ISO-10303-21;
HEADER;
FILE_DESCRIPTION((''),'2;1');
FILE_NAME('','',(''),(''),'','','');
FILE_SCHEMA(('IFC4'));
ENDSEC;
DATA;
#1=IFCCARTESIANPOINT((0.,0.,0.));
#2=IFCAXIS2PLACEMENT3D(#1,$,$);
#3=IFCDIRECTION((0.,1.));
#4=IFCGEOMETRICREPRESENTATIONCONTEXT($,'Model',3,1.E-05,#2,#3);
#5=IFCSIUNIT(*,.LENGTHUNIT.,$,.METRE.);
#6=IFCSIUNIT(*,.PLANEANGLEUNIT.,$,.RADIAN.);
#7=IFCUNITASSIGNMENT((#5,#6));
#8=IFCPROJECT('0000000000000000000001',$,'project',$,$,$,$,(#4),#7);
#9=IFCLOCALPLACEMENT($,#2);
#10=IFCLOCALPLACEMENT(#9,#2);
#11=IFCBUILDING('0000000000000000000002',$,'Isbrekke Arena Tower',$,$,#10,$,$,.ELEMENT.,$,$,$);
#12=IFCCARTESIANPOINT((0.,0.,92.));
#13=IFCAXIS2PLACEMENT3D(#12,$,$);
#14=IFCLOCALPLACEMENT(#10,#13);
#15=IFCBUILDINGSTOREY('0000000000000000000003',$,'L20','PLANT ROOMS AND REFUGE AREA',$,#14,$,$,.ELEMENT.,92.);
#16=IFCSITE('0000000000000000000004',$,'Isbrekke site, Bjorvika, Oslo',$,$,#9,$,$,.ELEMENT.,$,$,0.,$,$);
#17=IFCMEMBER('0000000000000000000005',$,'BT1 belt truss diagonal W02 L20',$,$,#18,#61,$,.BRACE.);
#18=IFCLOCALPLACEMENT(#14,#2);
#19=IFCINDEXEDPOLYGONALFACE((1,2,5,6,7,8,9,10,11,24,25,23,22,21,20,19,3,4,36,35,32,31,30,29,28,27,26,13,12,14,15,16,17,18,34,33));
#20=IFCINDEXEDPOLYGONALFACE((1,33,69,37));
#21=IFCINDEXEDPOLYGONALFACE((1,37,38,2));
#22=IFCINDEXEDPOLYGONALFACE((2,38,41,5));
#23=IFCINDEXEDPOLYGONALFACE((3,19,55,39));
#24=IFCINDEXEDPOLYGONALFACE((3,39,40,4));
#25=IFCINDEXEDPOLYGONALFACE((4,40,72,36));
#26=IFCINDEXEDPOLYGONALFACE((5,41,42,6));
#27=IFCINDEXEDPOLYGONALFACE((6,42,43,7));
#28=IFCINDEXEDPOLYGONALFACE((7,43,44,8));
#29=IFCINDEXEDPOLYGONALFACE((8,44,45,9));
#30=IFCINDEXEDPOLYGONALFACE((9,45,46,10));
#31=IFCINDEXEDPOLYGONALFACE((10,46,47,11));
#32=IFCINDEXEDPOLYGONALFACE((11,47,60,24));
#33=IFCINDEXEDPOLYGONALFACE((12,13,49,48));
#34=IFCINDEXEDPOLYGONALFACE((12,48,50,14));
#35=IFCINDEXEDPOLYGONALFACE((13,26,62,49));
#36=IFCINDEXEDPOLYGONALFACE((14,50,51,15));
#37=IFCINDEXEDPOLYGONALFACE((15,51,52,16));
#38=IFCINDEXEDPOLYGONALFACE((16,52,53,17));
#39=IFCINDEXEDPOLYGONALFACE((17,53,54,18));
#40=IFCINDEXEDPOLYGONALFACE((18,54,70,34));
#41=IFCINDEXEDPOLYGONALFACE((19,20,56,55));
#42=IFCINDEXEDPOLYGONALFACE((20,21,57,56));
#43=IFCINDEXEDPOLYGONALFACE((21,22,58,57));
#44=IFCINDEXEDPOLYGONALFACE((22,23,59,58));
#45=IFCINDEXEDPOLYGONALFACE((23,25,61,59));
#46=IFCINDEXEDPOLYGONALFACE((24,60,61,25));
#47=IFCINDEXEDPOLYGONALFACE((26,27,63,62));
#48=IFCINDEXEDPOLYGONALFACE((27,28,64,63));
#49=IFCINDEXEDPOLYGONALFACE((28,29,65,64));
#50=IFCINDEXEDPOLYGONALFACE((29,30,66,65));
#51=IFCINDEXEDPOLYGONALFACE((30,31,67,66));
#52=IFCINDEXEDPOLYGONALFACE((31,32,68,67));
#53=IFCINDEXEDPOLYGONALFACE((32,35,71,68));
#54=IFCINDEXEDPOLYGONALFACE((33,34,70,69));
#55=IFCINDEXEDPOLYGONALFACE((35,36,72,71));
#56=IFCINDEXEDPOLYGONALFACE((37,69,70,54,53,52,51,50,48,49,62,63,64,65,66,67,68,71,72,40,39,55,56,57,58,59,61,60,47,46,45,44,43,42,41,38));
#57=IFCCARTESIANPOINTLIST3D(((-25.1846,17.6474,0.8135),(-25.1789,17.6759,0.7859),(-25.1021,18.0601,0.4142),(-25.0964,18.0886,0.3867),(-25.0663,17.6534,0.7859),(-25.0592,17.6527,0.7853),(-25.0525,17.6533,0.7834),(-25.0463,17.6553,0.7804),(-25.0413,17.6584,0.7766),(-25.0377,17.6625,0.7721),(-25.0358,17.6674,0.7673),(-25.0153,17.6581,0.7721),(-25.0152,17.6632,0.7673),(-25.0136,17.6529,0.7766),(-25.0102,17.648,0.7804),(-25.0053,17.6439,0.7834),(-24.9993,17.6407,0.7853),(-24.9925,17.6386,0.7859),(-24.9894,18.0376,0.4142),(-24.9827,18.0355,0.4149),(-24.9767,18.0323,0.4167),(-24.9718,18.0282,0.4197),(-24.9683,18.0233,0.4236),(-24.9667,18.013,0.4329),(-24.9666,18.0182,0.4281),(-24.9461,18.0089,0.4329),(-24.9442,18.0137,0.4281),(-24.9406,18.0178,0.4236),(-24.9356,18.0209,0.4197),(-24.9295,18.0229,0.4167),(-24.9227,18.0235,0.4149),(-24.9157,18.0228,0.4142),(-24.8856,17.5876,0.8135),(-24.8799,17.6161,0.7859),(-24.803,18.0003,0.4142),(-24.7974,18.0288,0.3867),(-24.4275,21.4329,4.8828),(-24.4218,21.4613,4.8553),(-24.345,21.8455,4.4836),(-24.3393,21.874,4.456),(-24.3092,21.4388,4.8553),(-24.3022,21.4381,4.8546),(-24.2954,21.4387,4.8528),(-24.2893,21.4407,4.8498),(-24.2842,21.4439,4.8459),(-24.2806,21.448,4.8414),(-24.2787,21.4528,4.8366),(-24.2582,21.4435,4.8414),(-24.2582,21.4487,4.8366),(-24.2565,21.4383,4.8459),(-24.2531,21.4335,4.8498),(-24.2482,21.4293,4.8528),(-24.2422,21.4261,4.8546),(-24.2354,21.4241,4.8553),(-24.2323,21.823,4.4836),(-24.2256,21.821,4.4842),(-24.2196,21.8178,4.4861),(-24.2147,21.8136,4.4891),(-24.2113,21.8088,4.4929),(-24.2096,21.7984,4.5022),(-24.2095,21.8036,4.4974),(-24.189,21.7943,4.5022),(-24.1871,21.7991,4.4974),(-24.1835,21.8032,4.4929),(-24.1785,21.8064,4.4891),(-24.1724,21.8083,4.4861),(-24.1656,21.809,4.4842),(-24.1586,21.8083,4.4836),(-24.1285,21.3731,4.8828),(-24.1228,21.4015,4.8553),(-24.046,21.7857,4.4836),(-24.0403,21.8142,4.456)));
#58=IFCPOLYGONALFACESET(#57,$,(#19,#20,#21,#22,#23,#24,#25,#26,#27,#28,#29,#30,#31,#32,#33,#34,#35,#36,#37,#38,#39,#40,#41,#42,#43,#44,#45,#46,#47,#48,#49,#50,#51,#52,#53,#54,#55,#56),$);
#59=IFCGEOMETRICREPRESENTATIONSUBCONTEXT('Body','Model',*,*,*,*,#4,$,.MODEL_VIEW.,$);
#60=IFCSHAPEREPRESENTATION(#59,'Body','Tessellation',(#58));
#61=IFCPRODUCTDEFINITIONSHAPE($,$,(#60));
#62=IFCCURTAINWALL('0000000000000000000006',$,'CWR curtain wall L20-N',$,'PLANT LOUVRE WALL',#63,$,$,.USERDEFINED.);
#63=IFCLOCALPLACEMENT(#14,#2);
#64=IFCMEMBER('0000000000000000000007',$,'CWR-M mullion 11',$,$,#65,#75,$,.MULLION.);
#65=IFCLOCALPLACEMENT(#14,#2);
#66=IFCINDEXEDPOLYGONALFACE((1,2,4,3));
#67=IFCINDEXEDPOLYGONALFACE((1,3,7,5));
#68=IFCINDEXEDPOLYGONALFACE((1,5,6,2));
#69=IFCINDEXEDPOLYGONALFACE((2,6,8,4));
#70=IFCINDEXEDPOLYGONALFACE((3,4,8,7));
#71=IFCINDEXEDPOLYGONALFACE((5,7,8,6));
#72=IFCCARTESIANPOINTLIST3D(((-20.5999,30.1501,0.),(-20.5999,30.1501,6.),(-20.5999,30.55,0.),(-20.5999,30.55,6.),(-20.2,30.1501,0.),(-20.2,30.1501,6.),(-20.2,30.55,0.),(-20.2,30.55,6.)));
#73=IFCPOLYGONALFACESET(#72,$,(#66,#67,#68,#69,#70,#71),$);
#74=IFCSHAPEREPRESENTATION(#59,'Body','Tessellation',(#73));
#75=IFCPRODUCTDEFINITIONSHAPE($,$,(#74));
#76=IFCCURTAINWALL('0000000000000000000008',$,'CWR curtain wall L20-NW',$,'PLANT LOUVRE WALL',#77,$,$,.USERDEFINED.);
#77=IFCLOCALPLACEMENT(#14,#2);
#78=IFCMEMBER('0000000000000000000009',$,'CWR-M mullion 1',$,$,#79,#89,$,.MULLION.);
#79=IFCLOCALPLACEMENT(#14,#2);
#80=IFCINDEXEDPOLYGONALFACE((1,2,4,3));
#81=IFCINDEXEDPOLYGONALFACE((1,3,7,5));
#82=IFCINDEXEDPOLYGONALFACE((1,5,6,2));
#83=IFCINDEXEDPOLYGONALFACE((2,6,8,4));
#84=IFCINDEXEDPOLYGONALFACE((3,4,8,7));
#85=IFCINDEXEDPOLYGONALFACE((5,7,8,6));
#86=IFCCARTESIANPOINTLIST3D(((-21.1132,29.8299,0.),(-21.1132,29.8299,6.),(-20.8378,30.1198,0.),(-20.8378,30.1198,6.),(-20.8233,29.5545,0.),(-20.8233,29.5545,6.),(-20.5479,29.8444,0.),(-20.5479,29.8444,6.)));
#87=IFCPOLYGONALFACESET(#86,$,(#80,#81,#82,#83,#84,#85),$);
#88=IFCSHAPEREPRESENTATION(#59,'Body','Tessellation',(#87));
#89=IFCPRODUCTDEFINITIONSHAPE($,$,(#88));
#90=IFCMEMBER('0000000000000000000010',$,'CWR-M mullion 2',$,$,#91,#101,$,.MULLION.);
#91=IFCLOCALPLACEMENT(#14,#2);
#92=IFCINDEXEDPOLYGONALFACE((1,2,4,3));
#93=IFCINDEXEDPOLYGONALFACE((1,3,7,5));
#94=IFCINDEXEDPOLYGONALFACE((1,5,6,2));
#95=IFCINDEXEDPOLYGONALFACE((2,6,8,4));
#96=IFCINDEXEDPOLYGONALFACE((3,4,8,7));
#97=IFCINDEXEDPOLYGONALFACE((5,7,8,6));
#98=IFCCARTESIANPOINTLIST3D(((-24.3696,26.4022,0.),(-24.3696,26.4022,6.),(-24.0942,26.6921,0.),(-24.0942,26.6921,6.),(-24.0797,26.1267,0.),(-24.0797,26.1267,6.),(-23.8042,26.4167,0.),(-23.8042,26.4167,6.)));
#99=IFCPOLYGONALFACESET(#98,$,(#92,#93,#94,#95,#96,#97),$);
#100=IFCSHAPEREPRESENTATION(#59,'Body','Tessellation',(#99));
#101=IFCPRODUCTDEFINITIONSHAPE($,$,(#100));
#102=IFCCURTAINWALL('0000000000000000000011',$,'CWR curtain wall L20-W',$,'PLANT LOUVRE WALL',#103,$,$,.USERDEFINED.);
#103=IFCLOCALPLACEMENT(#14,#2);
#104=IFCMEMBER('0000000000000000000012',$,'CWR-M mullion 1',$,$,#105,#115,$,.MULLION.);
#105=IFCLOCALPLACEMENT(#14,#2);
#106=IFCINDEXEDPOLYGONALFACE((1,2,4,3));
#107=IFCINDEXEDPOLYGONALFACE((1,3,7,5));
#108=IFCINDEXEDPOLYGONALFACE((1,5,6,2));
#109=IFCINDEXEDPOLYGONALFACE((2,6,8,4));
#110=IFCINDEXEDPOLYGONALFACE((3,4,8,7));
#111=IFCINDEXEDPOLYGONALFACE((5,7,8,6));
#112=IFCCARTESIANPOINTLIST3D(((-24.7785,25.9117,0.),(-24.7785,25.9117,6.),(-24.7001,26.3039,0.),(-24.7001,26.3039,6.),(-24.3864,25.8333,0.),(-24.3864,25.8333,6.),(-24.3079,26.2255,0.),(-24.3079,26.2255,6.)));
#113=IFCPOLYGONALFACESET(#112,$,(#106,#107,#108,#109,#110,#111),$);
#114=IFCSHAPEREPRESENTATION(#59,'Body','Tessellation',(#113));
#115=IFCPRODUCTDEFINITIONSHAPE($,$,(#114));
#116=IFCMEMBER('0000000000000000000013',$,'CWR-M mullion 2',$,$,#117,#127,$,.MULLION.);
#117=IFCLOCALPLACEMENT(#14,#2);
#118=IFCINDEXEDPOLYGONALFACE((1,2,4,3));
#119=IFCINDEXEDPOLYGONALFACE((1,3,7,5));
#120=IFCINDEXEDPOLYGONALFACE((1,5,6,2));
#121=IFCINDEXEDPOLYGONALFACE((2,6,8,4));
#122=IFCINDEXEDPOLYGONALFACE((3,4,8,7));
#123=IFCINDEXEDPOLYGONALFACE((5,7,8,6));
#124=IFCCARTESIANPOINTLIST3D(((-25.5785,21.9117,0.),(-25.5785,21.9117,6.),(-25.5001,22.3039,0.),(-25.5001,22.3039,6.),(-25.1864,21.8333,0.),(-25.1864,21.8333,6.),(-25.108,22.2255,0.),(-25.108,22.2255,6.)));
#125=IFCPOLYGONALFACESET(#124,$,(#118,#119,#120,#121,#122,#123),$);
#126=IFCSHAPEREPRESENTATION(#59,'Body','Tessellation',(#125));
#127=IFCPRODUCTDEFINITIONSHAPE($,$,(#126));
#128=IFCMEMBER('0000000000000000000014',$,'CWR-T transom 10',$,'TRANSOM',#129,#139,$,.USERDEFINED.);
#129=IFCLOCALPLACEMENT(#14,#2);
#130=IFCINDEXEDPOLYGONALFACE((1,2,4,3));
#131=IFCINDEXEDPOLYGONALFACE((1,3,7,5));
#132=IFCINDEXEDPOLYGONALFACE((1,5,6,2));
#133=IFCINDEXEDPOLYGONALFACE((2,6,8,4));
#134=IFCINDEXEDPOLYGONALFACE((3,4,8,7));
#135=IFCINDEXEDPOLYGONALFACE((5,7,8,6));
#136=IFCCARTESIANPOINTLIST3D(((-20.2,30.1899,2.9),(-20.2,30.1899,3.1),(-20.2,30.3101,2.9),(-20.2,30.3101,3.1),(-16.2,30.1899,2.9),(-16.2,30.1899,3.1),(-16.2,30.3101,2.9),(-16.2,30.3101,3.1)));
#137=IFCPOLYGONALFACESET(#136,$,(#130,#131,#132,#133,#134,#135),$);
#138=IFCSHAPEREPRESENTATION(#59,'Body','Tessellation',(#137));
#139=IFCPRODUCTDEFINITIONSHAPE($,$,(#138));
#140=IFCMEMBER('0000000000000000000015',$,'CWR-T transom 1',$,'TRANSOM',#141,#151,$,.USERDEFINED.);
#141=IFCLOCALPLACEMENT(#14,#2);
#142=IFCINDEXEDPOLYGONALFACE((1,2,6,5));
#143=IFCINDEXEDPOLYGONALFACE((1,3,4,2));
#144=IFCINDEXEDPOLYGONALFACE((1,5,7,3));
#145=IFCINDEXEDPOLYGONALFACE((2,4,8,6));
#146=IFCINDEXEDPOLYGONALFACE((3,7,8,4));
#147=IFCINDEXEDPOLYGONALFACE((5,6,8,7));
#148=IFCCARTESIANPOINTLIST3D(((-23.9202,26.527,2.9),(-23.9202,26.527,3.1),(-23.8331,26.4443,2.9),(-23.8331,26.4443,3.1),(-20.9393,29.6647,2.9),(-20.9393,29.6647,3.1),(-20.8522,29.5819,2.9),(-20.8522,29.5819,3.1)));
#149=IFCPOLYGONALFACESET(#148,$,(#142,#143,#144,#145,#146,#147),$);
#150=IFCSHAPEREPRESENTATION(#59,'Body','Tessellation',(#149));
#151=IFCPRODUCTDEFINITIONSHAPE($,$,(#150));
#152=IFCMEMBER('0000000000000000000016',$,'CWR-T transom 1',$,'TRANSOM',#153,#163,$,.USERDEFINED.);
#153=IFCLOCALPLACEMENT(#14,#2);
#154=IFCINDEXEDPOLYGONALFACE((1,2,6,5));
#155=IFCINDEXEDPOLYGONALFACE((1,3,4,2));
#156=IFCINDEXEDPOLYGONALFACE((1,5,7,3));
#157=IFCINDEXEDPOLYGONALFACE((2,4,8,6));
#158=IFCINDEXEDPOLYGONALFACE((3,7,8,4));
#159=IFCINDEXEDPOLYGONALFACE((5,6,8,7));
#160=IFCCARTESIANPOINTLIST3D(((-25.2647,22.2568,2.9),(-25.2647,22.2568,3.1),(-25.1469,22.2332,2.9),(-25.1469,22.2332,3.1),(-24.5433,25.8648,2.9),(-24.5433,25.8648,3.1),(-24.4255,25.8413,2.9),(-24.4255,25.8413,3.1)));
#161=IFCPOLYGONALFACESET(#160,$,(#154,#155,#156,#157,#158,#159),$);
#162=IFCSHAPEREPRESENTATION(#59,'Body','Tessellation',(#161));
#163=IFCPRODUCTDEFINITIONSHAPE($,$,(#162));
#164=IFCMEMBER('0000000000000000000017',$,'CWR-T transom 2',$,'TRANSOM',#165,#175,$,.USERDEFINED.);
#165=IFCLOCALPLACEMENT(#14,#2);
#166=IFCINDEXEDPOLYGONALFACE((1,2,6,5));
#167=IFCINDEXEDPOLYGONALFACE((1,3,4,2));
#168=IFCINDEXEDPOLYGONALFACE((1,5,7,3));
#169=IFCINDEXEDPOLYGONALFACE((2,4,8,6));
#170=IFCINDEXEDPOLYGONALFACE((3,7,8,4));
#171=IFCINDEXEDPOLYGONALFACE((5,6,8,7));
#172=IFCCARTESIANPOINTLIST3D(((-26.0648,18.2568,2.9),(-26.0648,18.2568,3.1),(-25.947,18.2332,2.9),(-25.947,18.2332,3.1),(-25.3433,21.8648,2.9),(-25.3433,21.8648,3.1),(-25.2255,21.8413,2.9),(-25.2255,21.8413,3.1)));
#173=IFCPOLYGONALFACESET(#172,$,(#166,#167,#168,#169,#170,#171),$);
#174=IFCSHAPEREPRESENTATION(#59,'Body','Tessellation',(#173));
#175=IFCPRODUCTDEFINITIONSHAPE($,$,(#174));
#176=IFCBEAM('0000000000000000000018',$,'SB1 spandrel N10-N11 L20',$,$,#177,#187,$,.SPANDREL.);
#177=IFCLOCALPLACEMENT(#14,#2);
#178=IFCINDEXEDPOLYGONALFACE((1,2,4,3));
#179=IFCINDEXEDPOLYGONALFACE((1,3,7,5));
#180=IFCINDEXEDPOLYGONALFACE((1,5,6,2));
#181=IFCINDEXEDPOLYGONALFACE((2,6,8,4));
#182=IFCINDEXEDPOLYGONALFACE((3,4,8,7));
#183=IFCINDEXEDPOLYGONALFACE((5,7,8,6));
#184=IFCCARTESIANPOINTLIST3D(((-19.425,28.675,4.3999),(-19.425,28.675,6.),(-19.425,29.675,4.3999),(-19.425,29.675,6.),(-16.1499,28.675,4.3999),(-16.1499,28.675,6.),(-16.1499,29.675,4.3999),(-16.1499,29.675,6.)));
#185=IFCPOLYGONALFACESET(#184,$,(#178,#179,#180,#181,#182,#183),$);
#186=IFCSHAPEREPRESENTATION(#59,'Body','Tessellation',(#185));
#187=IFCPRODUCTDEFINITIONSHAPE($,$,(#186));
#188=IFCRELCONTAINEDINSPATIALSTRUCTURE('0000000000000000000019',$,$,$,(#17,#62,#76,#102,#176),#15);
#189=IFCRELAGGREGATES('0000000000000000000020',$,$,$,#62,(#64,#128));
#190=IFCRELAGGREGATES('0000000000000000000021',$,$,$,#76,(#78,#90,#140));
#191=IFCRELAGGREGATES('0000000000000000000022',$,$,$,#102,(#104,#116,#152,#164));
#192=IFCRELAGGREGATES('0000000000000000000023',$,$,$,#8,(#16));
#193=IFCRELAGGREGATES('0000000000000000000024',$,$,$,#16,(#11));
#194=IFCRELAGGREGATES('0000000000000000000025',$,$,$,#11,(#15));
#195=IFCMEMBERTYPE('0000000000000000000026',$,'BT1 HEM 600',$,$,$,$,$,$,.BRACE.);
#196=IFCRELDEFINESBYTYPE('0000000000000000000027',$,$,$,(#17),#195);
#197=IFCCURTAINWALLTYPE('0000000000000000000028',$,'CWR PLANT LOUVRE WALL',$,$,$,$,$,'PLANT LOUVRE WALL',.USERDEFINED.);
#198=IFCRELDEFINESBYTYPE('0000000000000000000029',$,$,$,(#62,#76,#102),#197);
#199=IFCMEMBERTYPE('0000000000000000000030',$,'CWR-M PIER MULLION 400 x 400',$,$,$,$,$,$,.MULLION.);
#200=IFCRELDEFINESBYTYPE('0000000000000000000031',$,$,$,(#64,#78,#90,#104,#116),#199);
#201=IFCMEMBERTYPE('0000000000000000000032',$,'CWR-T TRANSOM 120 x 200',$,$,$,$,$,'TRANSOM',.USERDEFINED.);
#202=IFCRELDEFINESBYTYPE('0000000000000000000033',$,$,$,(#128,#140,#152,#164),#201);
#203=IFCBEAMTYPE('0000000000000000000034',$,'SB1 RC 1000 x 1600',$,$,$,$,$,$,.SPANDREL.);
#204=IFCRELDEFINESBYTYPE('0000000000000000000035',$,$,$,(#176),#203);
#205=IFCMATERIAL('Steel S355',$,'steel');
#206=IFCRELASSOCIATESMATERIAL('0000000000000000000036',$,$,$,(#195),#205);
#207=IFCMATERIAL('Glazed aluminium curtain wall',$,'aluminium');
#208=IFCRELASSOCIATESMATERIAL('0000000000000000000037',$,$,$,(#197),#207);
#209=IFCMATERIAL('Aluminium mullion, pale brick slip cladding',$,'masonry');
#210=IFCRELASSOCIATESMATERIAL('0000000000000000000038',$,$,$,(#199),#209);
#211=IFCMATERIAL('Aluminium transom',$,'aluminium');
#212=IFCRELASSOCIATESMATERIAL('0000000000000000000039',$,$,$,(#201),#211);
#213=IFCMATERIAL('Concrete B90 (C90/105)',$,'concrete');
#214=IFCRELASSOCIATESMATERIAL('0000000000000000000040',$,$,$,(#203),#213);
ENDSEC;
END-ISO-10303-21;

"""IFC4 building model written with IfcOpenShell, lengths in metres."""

from ifc_helpers import new_model, si_unit, direction, frame, origin, origin_2d, place, context, subcontext, project, spatial, rectangle, i_section, extrude, material, material_profile, profile_set, type_object, element, aggregate, save


model = new_model("IFC4")

# Units and contexts
model_context = context("Model", 3, precision=1e-05, world=origin(), true_north=direction((0.0, 1.0)))
body_context = subcontext(model_context, "Body", "Model", "MODEL_VIEW")
ifc_project = project(units=[si_unit("LENGTHUNIT", "METRE"), si_unit("PLANEANGLEUNIT", "RADIAN")], contexts=[model_context])

# Site, building, storey
site_placement = place(None, origin())
site = spatial("IfcSite", under=ifc_project, at=site_placement, Name="Isbrekke site, Bjorvika, Oslo", CompositionType="ELEMENT", RefElevation=0.0)
building_placement = place(site_placement, origin())
building = spatial("IfcBuilding", under=site, at=building_placement, Name="Isbrekke Arena Tower", CompositionType="ELEMENT")
storey_placement = place(building_placement, frame((0.0, 0.0, 92.0)))
storey = spatial("IfcBuildingStorey", under=building, at=storey_placement, Name="L20", Description="PLANT ROOMS AND REFUGE AREA", CompositionType="ELEMENT", Elevation=92.0)

# Member
ifc_material_1 = material(Name="Steel S355", Category="steel")
ifc_material_profile_1 = material_profile(ifc_material_1, i_section(OverallWidth=0.3049, OverallDepth=0.6201, WebThickness=0.021, FlangeThickness=0.04, FilletRadius=0.0271, at=origin_2d()), Name="HEM 600")
ifc_profile_set_1 = profile_set([ifc_material_profile_1], Name="Steel S355")
member_type_1 = type_object("IfcMemberType", Name="BT1 HEM 600", PredefinedType="BRACE", material=ifc_profile_set_1)
member_1_placement = place(storey_placement, frame((-24.2339, 21.6235, 4.6694), z_axis=(-0.134974, -0.674869, -0.725489), x_axis=(0.980581, -0.196116, 0.0)))
element("IfcMember", 1, at=member_1_placement, inside=storey, type_object=member_type_1, Name="BT1 belt truss diagonal W02 L20", PredefinedType="BRACE", context=body_context, shape_type="SweptSolid", body=[
    extrude(i_section(OverallWidth=0.3049, OverallDepth=0.6201, WebThickness=0.021, FlangeThickness=0.04, FilletRadius=0.0271, at=origin_2d()), origin(), (0.0, 0.0, 1.0), 5.6091),
])

# Curtain wall, member
ifc_material_2 = material(Name="Glazed aluminium curtain wall", Category="aluminium")
curtain_wall_type = type_object("IfcCurtainWallType", Name="CWR PLANT LOUVRE WALL", ElementType="PLANT LOUVRE WALL", PredefinedType="USERDEFINED", material=ifc_material_2)
curtain_wall_1_placement = place(storey_placement, origin())
curtain_wall_1 = element("IfcCurtainWall", 2, at=curtain_wall_1_placement, inside=storey, type_object=curtain_wall_type, Name="CWR curtain wall L20-N", ObjectType="PLANT LOUVRE WALL", PredefinedType="USERDEFINED")
ifc_material_3 = material(Name="Aluminium mullion, pale brick slip cladding", Category="masonry")
ifc_material_profile_2 = material_profile(ifc_material_3, rectangle(XDim=0.3999, YDim=0.3999, at=origin_2d()), Name="PIER 400X400")
ifc_profile_set_2 = profile_set([ifc_material_profile_2], Name="Aluminium mullion, pale brick slip cladding")
member_type_2 = type_object("IfcMemberType", Name="CWR-M PIER MULLION 400 x 400", PredefinedType="MULLION", material=ifc_profile_set_2)
member_2_placement = place(storey_placement, frame((-20.3999, 30.3501, 0.0), z_axis=(0.0, 0.0, 1.0), x_axis=(-1.0, 0.0, 0.0)))
member_2 = element("IfcMember", 3, at=member_2_placement, type_object=member_type_2, Name="CWR-M mullion 11", PredefinedType="MULLION", context=body_context, shape_type="SweptSolid", body=[
    extrude(rectangle(XDim=0.3999, YDim=0.3999, at=origin_2d()), origin(), (0.0, 0.0, 1.0), 6.0),
])

# Curtain walls, members
curtain_wall_2_placement = place(storey_placement, origin())
curtain_wall_2 = element("IfcCurtainWall", 4, at=curtain_wall_2_placement, inside=storey, type_object=curtain_wall_type, Name="CWR curtain wall L20-NW", ObjectType="PLANT LOUVRE WALL", PredefinedType="USERDEFINED")
member_3_placement = place(storey_placement, frame((-20.8306, 29.8372, 0.0), z_axis=(0.0, 0.0, 1.0), x_axis=(-0.688749, -0.724999, 0.0)))
member_3 = element("IfcMember", 5, at=member_3_placement, type_object=member_type_2, Name="CWR-M mullion 1", PredefinedType="MULLION", context=body_context, shape_type="SweptSolid", body=[
    extrude(rectangle(XDim=0.3999, YDim=0.3999, at=origin_2d()), origin(), (0.0, 0.0, 1.0), 6.0),
])
member_4_placement = place(storey_placement, frame((-24.0869, 26.4094, 0.0), z_axis=(0.0, 0.0, 1.0), x_axis=(-0.688749, -0.724999, 0.0)))
member_4 = element("IfcMember", 6, at=member_4_placement, type_object=member_type_2, Name="CWR-M mullion 2", PredefinedType="MULLION", context=body_context, shape_type="SweptSolid", body=[
    extrude(rectangle(XDim=0.3999, YDim=0.3999, at=origin_2d()), origin(), (0.0, 0.0, 1.0), 6.0),
])
curtain_wall_3_placement = place(storey_placement, origin())
curtain_wall_3 = element("IfcCurtainWall", 7, at=curtain_wall_3_placement, inside=storey, type_object=curtain_wall_type, Name="CWR curtain wall L20-W", ObjectType="PLANT LOUVRE WALL", PredefinedType="USERDEFINED")
member_5_placement = place(storey_placement, frame((-24.5432, 26.0686, 0.0), z_axis=(0.0, 0.0, 1.0), x_axis=(-0.196116, -0.980581, 0.0)))
member_5 = element("IfcMember", 8, at=member_5_placement, type_object=member_type_2, Name="CWR-M mullion 1", PredefinedType="MULLION", context=body_context, shape_type="SweptSolid", body=[
    extrude(rectangle(XDim=0.3999, YDim=0.3999, at=origin_2d()), origin(), (0.0, 0.0, 1.0), 6.0),
])
member_6_placement = place(storey_placement, frame((-25.3433, 22.0686, 0.0), z_axis=(0.0, 0.0, 1.0), x_axis=(-0.196116, -0.980581, 0.0)))
member_6 = element("IfcMember", 9, at=member_6_placement, type_object=member_type_2, Name="CWR-M mullion 2", PredefinedType="MULLION", context=body_context, shape_type="SweptSolid", body=[
    extrude(rectangle(XDim=0.3999, YDim=0.3999, at=origin_2d()), origin(), (0.0, 0.0, 1.0), 6.0),
])

# Members
ifc_material_4 = material(Name="Aluminium transom", Category="aluminium")
ifc_material_profile_3 = material_profile(ifc_material_4, rectangle(XDim=0.1201, YDim=0.2, at=origin_2d()), Name="TRANSOM 120X200")
ifc_profile_set_3 = profile_set([ifc_material_profile_3], Name="Aluminium transom")
member_type_3 = type_object("IfcMemberType", Name="CWR-T TRANSOM 120 x 200", ElementType="TRANSOM", PredefinedType="USERDEFINED", material=ifc_profile_set_3)
member_7_placement = place(storey_placement, frame((-16.2, 30.25, 3.0), z_axis=(-1.0, 0.0, 0.0), x_axis=(0.0, -1.0, 0.0)))
member_7 = element("IfcMember", 10, at=member_7_placement, type_object=member_type_3, Name="CWR-T transom 10", ObjectType="TRANSOM", PredefinedType="USERDEFINED", context=body_context, shape_type="SweptSolid", body=[
    extrude(rectangle(XDim=0.1201, YDim=0.2, at=origin_2d()), origin(), (0.0, 0.0, 1.0), 4.0),
])
member_8_placement = place(storey_placement, frame((-20.8958, 29.6233, 3.0), z_axis=(-0.688767, -0.724983, 0.0), x_axis=(0.724983, -0.688767, 0.0)))
member_8 = element("IfcMember", 11, at=member_8_placement, type_object=member_type_3, Name="CWR-T transom 1", ObjectType="TRANSOM", PredefinedType="USERDEFINED", context=body_context, shape_type="SweptSolid", body=[
    extrude(rectangle(XDim=0.1201, YDim=0.2, at=origin_2d()), origin(), (0.0, 0.0, 1.0), 4.3279),
])
member_9_placement = place(storey_placement, frame((-24.4844, 25.853, 3.0), z_axis=(-0.196078, -0.980588, 0.0), x_axis=(0.980588, -0.196078, 0.0)))
member_9 = element("IfcMember", 12, at=member_9_placement, type_object=member_type_3, Name="CWR-T transom 1", ObjectType="TRANSOM", PredefinedType="USERDEFINED", context=body_context, shape_type="SweptSolid", body=[
    extrude(rectangle(XDim=0.1201, YDim=0.2, at=origin_2d()), origin(), (0.0, 0.0, 1.0), 3.6794),
])
member_10_placement = place(storey_placement, frame((-25.2844, 21.853, 3.0), z_axis=(-0.196078, -0.980588, 0.0), x_axis=(0.980588, -0.196078, 0.0)))
member_10 = element("IfcMember", 13, at=member_10_placement, type_object=member_type_3, Name="CWR-T transom 2", ObjectType="TRANSOM", PredefinedType="USERDEFINED", context=body_context, shape_type="SweptSolid", body=[
    extrude(rectangle(XDim=0.1201, YDim=0.2, at=origin_2d()), origin(), (0.0, 0.0, 1.0), 3.6794),
])

# Beam
ifc_material_5 = material(Name="Concrete B90 (C90/105)", Category="concrete")
ifc_material_profile_4 = material_profile(ifc_material_5, rectangle(XDim=1.0, YDim=1.6001, at=origin_2d()), Name="RC 1000x1600")
ifc_profile_set_4 = profile_set([ifc_material_profile_4], Name="Concrete B90 (C90/105)")
beam_type_1 = type_object("IfcBeamType", Name="SB1 RC 1000 x 1600", PredefinedType="SPANDREL", material=ifc_profile_set_4)
beam_1_placement = place(storey_placement, frame((-16.1499, 29.175, 5.2), z_axis=(-1.0, 0.0, 0.0), x_axis=(0.0, -1.0, 0.0)))
element("IfcBeam", 14, at=beam_1_placement, inside=storey, type_object=beam_type_1, Name="SB1 spandrel N10-N11 L20", PredefinedType="SPANDREL", context=body_context, shape_type="SweptSolid", body=[
    extrude(rectangle(XDim=1.0, YDim=1.6001, at=origin_2d()), origin(), (0.0, 0.0, 1.0), 3.2751),
])

aggregate(curtain_wall_1, [member_2, member_7])
aggregate(curtain_wall_2, [member_3, member_4, member_8])
aggregate(curtain_wall_3, [member_5, member_6, member_9, member_10])

save(model, "model.ifc")
